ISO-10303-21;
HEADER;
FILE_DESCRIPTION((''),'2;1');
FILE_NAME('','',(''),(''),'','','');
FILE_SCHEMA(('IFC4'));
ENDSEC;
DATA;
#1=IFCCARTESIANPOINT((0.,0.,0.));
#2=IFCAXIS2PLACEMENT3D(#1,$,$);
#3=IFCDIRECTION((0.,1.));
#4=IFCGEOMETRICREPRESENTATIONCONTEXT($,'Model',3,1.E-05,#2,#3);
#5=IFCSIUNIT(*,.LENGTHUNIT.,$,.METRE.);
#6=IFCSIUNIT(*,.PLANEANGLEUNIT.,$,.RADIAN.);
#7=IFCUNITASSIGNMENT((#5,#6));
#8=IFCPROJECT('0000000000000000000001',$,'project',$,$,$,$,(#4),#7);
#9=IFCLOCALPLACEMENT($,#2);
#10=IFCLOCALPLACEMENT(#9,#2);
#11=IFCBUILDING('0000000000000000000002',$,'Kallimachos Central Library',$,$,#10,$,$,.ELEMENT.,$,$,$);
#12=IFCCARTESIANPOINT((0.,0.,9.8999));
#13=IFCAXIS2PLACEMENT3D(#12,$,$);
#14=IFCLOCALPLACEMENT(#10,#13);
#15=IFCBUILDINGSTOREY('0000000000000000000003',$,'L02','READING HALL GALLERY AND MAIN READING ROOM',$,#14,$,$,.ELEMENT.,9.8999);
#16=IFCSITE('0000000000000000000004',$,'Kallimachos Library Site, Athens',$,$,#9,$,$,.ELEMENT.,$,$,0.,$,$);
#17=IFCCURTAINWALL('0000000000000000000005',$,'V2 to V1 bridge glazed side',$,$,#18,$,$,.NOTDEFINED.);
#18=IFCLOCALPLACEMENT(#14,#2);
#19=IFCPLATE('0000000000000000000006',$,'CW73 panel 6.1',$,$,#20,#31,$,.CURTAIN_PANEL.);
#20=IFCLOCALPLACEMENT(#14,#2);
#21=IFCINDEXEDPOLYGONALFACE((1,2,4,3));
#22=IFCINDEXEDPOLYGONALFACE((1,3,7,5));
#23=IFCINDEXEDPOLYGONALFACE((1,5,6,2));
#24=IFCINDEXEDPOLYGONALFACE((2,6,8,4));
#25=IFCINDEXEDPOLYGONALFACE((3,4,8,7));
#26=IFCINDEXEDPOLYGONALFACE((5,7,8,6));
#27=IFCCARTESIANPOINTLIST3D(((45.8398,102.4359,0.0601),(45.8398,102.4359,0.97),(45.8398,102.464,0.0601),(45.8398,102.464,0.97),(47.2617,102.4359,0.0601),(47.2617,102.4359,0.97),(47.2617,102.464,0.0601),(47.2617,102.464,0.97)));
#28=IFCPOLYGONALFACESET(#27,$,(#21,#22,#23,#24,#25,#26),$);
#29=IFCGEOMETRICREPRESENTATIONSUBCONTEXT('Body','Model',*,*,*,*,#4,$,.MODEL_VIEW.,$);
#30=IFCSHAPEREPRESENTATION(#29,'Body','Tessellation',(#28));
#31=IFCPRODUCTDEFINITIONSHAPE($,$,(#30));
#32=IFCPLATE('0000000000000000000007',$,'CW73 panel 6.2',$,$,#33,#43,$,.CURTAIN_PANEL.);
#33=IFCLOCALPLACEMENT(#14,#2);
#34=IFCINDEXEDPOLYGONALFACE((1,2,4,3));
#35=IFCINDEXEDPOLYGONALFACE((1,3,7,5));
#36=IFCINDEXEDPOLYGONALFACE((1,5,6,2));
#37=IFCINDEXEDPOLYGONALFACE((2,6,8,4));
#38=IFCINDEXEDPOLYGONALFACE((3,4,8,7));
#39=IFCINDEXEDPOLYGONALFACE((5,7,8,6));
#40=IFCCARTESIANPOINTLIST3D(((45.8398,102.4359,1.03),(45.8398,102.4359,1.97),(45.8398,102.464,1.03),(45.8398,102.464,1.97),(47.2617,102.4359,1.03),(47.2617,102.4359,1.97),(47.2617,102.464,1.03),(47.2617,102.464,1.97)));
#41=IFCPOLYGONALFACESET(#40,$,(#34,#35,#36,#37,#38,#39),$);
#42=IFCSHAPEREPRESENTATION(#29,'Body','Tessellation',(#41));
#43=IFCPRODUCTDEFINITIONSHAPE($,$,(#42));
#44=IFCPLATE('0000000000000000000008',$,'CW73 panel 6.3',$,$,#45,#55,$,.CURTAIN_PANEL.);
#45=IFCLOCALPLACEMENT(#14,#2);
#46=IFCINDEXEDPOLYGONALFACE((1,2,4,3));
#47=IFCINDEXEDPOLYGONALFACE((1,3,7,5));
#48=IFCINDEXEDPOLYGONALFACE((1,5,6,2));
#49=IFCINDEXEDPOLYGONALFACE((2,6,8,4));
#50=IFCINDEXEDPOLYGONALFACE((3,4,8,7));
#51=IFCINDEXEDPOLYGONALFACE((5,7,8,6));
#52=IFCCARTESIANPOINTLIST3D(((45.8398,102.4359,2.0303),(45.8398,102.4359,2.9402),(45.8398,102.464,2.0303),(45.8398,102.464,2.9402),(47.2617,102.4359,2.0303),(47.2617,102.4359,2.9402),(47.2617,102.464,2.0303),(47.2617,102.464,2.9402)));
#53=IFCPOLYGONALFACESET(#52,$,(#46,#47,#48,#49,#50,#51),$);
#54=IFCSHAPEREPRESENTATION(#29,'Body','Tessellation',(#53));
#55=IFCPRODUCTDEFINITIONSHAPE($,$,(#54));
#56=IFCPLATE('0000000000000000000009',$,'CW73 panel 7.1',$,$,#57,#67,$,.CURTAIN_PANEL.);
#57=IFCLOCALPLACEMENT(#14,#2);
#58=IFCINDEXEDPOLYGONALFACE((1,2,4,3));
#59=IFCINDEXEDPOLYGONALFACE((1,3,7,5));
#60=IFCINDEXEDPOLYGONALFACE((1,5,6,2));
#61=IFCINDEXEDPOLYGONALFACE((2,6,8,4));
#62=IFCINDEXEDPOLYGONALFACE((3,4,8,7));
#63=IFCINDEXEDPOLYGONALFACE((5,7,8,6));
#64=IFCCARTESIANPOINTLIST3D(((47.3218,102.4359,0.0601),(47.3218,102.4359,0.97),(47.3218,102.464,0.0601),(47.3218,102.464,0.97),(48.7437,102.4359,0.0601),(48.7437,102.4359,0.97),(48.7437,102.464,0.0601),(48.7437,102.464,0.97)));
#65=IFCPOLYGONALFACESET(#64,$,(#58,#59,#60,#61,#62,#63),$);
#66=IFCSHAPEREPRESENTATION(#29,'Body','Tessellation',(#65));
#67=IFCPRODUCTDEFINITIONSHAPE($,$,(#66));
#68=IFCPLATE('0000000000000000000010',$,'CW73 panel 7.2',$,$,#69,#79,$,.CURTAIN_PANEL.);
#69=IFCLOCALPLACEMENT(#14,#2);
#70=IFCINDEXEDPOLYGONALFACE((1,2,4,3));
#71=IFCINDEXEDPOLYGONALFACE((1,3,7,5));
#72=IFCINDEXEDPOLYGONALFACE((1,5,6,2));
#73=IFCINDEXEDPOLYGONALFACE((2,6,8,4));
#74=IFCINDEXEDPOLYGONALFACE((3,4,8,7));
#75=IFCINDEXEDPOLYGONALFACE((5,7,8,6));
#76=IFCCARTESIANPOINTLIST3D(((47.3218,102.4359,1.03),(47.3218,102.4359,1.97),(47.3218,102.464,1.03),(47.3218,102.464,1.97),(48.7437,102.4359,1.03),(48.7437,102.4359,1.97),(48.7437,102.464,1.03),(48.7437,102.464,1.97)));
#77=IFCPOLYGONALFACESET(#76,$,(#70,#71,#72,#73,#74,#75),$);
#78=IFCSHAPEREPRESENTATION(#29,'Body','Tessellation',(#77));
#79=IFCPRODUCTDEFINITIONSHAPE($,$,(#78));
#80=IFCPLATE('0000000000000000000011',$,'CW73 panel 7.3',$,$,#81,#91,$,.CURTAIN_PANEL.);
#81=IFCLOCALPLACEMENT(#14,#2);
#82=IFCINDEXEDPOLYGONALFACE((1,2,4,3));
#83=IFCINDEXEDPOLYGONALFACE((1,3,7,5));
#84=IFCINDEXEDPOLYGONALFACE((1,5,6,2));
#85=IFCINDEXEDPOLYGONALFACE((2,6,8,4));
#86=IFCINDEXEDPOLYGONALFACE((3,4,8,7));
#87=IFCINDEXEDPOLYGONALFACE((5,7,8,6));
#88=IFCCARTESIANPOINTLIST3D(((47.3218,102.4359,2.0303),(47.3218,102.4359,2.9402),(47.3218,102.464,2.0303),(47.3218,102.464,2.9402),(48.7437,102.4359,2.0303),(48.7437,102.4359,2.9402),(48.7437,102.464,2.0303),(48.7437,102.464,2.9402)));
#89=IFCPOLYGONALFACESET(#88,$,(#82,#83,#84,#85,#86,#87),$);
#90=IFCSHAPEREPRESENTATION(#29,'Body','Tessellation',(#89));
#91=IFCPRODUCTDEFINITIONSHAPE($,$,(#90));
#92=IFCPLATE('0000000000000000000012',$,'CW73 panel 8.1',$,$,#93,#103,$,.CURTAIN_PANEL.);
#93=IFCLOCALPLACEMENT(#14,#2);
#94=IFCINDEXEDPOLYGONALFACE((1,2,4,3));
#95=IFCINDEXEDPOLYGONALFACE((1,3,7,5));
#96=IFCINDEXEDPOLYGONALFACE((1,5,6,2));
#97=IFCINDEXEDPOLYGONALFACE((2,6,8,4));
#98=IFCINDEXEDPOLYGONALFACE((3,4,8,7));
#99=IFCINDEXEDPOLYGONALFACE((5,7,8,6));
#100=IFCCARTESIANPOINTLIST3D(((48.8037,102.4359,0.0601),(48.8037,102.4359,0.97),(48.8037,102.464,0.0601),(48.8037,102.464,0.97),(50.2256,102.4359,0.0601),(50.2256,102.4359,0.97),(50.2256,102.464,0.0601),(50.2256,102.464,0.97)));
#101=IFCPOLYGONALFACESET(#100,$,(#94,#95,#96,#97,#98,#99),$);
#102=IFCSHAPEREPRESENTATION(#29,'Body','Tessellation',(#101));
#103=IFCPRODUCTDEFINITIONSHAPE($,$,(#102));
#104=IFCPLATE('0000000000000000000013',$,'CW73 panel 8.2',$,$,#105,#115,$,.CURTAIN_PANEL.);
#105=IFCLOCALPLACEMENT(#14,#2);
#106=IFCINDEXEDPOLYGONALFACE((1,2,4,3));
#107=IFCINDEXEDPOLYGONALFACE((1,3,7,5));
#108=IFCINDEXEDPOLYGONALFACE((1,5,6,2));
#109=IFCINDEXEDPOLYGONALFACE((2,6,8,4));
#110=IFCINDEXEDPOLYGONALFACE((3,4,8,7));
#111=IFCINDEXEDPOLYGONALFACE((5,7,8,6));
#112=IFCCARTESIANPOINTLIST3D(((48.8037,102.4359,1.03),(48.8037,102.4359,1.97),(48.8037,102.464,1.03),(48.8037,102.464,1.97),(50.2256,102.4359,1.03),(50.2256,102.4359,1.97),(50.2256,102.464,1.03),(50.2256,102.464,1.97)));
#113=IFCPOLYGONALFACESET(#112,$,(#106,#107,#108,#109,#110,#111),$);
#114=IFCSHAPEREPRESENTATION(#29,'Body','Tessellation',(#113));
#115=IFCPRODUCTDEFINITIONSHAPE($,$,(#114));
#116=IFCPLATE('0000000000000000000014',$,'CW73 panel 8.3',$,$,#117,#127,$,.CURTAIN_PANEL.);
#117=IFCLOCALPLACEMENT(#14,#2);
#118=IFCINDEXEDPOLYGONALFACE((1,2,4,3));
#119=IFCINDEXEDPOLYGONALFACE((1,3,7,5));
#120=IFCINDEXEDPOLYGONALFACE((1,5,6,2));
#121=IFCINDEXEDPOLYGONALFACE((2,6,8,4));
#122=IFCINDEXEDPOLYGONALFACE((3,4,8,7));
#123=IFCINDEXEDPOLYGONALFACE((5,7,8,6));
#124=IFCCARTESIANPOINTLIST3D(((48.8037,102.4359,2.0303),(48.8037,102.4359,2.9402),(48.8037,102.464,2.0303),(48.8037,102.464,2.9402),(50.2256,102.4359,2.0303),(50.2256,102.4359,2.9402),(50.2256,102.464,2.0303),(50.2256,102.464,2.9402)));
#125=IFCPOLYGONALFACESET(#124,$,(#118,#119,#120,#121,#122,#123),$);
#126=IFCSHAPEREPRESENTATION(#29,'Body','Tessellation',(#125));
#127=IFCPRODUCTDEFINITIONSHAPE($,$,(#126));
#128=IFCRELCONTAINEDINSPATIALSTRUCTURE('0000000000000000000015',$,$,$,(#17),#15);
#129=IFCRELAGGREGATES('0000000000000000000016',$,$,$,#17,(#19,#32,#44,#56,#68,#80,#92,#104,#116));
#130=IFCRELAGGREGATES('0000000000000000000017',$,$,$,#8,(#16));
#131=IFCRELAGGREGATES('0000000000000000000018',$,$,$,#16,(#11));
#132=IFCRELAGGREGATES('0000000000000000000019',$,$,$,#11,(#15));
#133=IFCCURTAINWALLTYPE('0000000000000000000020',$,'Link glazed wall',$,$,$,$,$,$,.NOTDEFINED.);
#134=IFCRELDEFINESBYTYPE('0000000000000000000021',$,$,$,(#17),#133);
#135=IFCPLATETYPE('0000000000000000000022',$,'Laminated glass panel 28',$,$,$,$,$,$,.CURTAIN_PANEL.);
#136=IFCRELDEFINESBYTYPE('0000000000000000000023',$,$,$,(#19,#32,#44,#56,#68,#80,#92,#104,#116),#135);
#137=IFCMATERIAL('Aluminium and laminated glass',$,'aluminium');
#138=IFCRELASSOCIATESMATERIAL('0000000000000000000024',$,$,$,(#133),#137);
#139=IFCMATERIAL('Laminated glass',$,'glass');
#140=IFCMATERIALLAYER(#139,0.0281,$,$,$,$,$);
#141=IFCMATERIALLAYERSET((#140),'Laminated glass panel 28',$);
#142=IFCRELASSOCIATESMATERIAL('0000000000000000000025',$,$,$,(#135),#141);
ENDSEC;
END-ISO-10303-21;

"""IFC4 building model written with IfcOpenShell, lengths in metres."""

from ifc_helpers import new_model, si_unit, direction, frame, origin, origin_2d, place, context, subcontext, project, spatial, rectangle, extrude, material, layer, layer_set, type_object, element, aggregate, save


model = new_model("IFC4")

# Units and contexts
model_context = context("Model", 3, precision=1e-05, world=origin(), true_north=direction((0.0, 1.0)))
body_context = subcontext(model_context, "Body", "Model", "MODEL_VIEW")
ifc_project = project(units=[si_unit("LENGTHUNIT", "METRE"), si_unit("PLANEANGLEUNIT", "RADIAN")], contexts=[model_context])

# Site, building, storey
site_placement = place(None, origin())
site = spatial("IfcSite", under=ifc_project, at=site_placement, Name="Kallimachos Library Site, Athens", CompositionType="ELEMENT", RefElevation=0.0)
building_placement = place(site_placement, origin())
building = spatial("IfcBuilding", under=site, at=building_placement, Name="Kallimachos Central Library", CompositionType="ELEMENT")
storey_placement = place(building_placement, frame((0.0, 0.0, 9.8999)))
storey = spatial("IfcBuildingStorey", under=building, at=storey_placement, Name="L02", Description="READING HALL GALLERY AND MAIN READING ROOM", CompositionType="ELEMENT", Elevation=9.8999)

# Curtain wall
ifc_material_1 = material(Name="Aluminium and laminated glass", Category="aluminium")
curtain_wall_type = type_object("IfcCurtainWallType", Name="Link glazed wall", PredefinedType="NOTDEFINED", material=ifc_material_1)
curtain_wall_placement = place(storey_placement, origin())
curtain_wall = element("IfcCurtainWall", 1, at=curtain_wall_placement, inside=storey, type_object=curtain_wall_type, Name="V2 to V1 bridge glazed side", PredefinedType="NOTDEFINED")

# Plates
ifc_material_2 = material(Name="Laminated glass", Category="glass")
ifc_layer = layer(ifc_material_2, 0.0281)
ifc_layer_set = layer_set([ifc_layer], Name="Laminated glass panel 28")
plate_type = type_object("IfcPlateType", Name="Laminated glass panel 28", PredefinedType="CURTAIN_PANEL", material=ifc_layer_set)
plate_1_placement = place(storey_placement, frame((46.5508, 102.45, 0.0601), z_axis=(0.0, 0.0, 1.0), x_axis=(1.0, 0.0, 0.0)))
plate_1 = element("IfcPlate", 2, at=plate_1_placement, type_object=plate_type, Name="CW73 panel 6.1", PredefinedType="CURTAIN_PANEL", context=body_context, shape_type="SweptSolid", body=[
    extrude(rectangle(XDim=1.4219, YDim=0.0281, at=origin_2d()), origin(), (0.0, 0.0, 1.0), 0.9099),
])
plate_2_placement = place(storey_placement, frame((46.5508, 102.45, 1.03), z_axis=(0.0, 0.0, 1.0), x_axis=(1.0, 0.0, 0.0)))
plate_2 = element("IfcPlate", 3, at=plate_2_placement, type_object=plate_type, Name="CW73 panel 6.2", PredefinedType="CURTAIN_PANEL", context=body_context, shape_type="SweptSolid", body=[
    extrude(rectangle(XDim=1.4219, YDim=0.0281, at=origin_2d()), origin(), (0.0, 0.0, 1.0), 0.9399),
])
plate_3_placement = place(storey_placement, frame((46.5508, 102.45, 2.0303), z_axis=(0.0, 0.0, 1.0), x_axis=(1.0, 0.0, 0.0)))
plate_3 = element("IfcPlate", 4, at=plate_3_placement, type_object=plate_type, Name="CW73 panel 6.3", PredefinedType="CURTAIN_PANEL", context=body_context, shape_type="SweptSolid", body=[
    extrude(rectangle(XDim=1.4219, YDim=0.0281, at=origin_2d()), origin(), (0.0, 0.0, 1.0), 0.9099),
])
plate_4_placement = place(storey_placement, frame((48.0327, 102.45, 0.0601), z_axis=(0.0, 0.0, 1.0), x_axis=(1.0, 0.0, 0.0)))
plate_4 = element("IfcPlate", 5, at=plate_4_placement, type_object=plate_type, Name="CW73 panel 7.1", PredefinedType="CURTAIN_PANEL", context=body_context, shape_type="SweptSolid", body=[
    extrude(rectangle(XDim=1.4219, YDim=0.0281, at=origin_2d()), origin(), (0.0, 0.0, 1.0), 0.9099),
])
plate_5_placement = place(storey_placement, frame((48.0327, 102.45, 1.03), z_axis=(0.0, 0.0, 1.0), x_axis=(1.0, 0.0, 0.0)))
plate_5 = element("IfcPlate", 6, at=plate_5_placement, type_object=plate_type, Name="CW73 panel 7.2", PredefinedType="CURTAIN_PANEL", context=body_context, shape_type="SweptSolid", body=[
    extrude(rectangle(XDim=1.4219, YDim=0.0281, at=origin_2d()), origin(), (0.0, 0.0, 1.0), 0.9399),
])
plate_6_placement = place(storey_placement, frame((48.0327, 102.45, 2.0303), z_axis=(0.0, 0.0, 1.0), x_axis=(1.0, 0.0, 0.0)))
plate_6 = element("IfcPlate", 7, at=plate_6_placement, type_object=plate_type, Name="CW73 panel 7.3", PredefinedType="CURTAIN_PANEL", context=body_context, shape_type="SweptSolid", body=[
    extrude(rectangle(XDim=1.4219, YDim=0.0281, at=origin_2d()), origin(), (0.0, 0.0, 1.0), 0.9099),
])
plate_7_placement = place(storey_placement, frame((49.5146, 102.45, 0.0601), z_axis=(0.0, 0.0, 1.0), x_axis=(1.0, 0.0, 0.0)))
plate_7 = element("IfcPlate", 8, at=plate_7_placement, type_object=plate_type, Name="CW73 panel 8.1", PredefinedType="CURTAIN_PANEL", context=body_context, shape_type="SweptSolid", body=[
    extrude(rectangle(XDim=1.4219, YDim=0.0281, at=origin_2d()), origin(), (0.0, 0.0, 1.0), 0.9099),
])
plate_8_placement = place(storey_placement, frame((49.5146, 102.45, 1.03), z_axis=(0.0, 0.0, 1.0), x_axis=(1.0, 0.0, 0.0)))
plate_8 = element("IfcPlate", 9, at=plate_8_placement, type_object=plate_type, Name="CW73 panel 8.2", PredefinedType="CURTAIN_PANEL", context=body_context, shape_type="SweptSolid", body=[
    extrude(rectangle(XDim=1.4219, YDim=0.0281, at=origin_2d()), origin(), (0.0, 0.0, 1.0), 0.9399),
])
plate_9_placement = place(storey_placement, frame((49.5146, 102.45, 2.0303), z_axis=(0.0, 0.0, 1.0), x_axis=(1.0, 0.0, 0.0)))
plate_9 = element("IfcPlate", 10, at=plate_9_placement, type_object=plate_type, Name="CW73 panel 8.3", PredefinedType="CURTAIN_PANEL", context=body_context, shape_type="SweptSolid", body=[
    extrude(rectangle(XDim=1.4219, YDim=0.0281, at=origin_2d()), origin(), (0.0, 0.0, 1.0), 0.9099),
])
aggregate(curtain_wall, [plate_1, plate_2, plate_3, plate_4, plate_5, plate_6, plate_7, plate_8, plate_9])

save(model, "model.ifc")
